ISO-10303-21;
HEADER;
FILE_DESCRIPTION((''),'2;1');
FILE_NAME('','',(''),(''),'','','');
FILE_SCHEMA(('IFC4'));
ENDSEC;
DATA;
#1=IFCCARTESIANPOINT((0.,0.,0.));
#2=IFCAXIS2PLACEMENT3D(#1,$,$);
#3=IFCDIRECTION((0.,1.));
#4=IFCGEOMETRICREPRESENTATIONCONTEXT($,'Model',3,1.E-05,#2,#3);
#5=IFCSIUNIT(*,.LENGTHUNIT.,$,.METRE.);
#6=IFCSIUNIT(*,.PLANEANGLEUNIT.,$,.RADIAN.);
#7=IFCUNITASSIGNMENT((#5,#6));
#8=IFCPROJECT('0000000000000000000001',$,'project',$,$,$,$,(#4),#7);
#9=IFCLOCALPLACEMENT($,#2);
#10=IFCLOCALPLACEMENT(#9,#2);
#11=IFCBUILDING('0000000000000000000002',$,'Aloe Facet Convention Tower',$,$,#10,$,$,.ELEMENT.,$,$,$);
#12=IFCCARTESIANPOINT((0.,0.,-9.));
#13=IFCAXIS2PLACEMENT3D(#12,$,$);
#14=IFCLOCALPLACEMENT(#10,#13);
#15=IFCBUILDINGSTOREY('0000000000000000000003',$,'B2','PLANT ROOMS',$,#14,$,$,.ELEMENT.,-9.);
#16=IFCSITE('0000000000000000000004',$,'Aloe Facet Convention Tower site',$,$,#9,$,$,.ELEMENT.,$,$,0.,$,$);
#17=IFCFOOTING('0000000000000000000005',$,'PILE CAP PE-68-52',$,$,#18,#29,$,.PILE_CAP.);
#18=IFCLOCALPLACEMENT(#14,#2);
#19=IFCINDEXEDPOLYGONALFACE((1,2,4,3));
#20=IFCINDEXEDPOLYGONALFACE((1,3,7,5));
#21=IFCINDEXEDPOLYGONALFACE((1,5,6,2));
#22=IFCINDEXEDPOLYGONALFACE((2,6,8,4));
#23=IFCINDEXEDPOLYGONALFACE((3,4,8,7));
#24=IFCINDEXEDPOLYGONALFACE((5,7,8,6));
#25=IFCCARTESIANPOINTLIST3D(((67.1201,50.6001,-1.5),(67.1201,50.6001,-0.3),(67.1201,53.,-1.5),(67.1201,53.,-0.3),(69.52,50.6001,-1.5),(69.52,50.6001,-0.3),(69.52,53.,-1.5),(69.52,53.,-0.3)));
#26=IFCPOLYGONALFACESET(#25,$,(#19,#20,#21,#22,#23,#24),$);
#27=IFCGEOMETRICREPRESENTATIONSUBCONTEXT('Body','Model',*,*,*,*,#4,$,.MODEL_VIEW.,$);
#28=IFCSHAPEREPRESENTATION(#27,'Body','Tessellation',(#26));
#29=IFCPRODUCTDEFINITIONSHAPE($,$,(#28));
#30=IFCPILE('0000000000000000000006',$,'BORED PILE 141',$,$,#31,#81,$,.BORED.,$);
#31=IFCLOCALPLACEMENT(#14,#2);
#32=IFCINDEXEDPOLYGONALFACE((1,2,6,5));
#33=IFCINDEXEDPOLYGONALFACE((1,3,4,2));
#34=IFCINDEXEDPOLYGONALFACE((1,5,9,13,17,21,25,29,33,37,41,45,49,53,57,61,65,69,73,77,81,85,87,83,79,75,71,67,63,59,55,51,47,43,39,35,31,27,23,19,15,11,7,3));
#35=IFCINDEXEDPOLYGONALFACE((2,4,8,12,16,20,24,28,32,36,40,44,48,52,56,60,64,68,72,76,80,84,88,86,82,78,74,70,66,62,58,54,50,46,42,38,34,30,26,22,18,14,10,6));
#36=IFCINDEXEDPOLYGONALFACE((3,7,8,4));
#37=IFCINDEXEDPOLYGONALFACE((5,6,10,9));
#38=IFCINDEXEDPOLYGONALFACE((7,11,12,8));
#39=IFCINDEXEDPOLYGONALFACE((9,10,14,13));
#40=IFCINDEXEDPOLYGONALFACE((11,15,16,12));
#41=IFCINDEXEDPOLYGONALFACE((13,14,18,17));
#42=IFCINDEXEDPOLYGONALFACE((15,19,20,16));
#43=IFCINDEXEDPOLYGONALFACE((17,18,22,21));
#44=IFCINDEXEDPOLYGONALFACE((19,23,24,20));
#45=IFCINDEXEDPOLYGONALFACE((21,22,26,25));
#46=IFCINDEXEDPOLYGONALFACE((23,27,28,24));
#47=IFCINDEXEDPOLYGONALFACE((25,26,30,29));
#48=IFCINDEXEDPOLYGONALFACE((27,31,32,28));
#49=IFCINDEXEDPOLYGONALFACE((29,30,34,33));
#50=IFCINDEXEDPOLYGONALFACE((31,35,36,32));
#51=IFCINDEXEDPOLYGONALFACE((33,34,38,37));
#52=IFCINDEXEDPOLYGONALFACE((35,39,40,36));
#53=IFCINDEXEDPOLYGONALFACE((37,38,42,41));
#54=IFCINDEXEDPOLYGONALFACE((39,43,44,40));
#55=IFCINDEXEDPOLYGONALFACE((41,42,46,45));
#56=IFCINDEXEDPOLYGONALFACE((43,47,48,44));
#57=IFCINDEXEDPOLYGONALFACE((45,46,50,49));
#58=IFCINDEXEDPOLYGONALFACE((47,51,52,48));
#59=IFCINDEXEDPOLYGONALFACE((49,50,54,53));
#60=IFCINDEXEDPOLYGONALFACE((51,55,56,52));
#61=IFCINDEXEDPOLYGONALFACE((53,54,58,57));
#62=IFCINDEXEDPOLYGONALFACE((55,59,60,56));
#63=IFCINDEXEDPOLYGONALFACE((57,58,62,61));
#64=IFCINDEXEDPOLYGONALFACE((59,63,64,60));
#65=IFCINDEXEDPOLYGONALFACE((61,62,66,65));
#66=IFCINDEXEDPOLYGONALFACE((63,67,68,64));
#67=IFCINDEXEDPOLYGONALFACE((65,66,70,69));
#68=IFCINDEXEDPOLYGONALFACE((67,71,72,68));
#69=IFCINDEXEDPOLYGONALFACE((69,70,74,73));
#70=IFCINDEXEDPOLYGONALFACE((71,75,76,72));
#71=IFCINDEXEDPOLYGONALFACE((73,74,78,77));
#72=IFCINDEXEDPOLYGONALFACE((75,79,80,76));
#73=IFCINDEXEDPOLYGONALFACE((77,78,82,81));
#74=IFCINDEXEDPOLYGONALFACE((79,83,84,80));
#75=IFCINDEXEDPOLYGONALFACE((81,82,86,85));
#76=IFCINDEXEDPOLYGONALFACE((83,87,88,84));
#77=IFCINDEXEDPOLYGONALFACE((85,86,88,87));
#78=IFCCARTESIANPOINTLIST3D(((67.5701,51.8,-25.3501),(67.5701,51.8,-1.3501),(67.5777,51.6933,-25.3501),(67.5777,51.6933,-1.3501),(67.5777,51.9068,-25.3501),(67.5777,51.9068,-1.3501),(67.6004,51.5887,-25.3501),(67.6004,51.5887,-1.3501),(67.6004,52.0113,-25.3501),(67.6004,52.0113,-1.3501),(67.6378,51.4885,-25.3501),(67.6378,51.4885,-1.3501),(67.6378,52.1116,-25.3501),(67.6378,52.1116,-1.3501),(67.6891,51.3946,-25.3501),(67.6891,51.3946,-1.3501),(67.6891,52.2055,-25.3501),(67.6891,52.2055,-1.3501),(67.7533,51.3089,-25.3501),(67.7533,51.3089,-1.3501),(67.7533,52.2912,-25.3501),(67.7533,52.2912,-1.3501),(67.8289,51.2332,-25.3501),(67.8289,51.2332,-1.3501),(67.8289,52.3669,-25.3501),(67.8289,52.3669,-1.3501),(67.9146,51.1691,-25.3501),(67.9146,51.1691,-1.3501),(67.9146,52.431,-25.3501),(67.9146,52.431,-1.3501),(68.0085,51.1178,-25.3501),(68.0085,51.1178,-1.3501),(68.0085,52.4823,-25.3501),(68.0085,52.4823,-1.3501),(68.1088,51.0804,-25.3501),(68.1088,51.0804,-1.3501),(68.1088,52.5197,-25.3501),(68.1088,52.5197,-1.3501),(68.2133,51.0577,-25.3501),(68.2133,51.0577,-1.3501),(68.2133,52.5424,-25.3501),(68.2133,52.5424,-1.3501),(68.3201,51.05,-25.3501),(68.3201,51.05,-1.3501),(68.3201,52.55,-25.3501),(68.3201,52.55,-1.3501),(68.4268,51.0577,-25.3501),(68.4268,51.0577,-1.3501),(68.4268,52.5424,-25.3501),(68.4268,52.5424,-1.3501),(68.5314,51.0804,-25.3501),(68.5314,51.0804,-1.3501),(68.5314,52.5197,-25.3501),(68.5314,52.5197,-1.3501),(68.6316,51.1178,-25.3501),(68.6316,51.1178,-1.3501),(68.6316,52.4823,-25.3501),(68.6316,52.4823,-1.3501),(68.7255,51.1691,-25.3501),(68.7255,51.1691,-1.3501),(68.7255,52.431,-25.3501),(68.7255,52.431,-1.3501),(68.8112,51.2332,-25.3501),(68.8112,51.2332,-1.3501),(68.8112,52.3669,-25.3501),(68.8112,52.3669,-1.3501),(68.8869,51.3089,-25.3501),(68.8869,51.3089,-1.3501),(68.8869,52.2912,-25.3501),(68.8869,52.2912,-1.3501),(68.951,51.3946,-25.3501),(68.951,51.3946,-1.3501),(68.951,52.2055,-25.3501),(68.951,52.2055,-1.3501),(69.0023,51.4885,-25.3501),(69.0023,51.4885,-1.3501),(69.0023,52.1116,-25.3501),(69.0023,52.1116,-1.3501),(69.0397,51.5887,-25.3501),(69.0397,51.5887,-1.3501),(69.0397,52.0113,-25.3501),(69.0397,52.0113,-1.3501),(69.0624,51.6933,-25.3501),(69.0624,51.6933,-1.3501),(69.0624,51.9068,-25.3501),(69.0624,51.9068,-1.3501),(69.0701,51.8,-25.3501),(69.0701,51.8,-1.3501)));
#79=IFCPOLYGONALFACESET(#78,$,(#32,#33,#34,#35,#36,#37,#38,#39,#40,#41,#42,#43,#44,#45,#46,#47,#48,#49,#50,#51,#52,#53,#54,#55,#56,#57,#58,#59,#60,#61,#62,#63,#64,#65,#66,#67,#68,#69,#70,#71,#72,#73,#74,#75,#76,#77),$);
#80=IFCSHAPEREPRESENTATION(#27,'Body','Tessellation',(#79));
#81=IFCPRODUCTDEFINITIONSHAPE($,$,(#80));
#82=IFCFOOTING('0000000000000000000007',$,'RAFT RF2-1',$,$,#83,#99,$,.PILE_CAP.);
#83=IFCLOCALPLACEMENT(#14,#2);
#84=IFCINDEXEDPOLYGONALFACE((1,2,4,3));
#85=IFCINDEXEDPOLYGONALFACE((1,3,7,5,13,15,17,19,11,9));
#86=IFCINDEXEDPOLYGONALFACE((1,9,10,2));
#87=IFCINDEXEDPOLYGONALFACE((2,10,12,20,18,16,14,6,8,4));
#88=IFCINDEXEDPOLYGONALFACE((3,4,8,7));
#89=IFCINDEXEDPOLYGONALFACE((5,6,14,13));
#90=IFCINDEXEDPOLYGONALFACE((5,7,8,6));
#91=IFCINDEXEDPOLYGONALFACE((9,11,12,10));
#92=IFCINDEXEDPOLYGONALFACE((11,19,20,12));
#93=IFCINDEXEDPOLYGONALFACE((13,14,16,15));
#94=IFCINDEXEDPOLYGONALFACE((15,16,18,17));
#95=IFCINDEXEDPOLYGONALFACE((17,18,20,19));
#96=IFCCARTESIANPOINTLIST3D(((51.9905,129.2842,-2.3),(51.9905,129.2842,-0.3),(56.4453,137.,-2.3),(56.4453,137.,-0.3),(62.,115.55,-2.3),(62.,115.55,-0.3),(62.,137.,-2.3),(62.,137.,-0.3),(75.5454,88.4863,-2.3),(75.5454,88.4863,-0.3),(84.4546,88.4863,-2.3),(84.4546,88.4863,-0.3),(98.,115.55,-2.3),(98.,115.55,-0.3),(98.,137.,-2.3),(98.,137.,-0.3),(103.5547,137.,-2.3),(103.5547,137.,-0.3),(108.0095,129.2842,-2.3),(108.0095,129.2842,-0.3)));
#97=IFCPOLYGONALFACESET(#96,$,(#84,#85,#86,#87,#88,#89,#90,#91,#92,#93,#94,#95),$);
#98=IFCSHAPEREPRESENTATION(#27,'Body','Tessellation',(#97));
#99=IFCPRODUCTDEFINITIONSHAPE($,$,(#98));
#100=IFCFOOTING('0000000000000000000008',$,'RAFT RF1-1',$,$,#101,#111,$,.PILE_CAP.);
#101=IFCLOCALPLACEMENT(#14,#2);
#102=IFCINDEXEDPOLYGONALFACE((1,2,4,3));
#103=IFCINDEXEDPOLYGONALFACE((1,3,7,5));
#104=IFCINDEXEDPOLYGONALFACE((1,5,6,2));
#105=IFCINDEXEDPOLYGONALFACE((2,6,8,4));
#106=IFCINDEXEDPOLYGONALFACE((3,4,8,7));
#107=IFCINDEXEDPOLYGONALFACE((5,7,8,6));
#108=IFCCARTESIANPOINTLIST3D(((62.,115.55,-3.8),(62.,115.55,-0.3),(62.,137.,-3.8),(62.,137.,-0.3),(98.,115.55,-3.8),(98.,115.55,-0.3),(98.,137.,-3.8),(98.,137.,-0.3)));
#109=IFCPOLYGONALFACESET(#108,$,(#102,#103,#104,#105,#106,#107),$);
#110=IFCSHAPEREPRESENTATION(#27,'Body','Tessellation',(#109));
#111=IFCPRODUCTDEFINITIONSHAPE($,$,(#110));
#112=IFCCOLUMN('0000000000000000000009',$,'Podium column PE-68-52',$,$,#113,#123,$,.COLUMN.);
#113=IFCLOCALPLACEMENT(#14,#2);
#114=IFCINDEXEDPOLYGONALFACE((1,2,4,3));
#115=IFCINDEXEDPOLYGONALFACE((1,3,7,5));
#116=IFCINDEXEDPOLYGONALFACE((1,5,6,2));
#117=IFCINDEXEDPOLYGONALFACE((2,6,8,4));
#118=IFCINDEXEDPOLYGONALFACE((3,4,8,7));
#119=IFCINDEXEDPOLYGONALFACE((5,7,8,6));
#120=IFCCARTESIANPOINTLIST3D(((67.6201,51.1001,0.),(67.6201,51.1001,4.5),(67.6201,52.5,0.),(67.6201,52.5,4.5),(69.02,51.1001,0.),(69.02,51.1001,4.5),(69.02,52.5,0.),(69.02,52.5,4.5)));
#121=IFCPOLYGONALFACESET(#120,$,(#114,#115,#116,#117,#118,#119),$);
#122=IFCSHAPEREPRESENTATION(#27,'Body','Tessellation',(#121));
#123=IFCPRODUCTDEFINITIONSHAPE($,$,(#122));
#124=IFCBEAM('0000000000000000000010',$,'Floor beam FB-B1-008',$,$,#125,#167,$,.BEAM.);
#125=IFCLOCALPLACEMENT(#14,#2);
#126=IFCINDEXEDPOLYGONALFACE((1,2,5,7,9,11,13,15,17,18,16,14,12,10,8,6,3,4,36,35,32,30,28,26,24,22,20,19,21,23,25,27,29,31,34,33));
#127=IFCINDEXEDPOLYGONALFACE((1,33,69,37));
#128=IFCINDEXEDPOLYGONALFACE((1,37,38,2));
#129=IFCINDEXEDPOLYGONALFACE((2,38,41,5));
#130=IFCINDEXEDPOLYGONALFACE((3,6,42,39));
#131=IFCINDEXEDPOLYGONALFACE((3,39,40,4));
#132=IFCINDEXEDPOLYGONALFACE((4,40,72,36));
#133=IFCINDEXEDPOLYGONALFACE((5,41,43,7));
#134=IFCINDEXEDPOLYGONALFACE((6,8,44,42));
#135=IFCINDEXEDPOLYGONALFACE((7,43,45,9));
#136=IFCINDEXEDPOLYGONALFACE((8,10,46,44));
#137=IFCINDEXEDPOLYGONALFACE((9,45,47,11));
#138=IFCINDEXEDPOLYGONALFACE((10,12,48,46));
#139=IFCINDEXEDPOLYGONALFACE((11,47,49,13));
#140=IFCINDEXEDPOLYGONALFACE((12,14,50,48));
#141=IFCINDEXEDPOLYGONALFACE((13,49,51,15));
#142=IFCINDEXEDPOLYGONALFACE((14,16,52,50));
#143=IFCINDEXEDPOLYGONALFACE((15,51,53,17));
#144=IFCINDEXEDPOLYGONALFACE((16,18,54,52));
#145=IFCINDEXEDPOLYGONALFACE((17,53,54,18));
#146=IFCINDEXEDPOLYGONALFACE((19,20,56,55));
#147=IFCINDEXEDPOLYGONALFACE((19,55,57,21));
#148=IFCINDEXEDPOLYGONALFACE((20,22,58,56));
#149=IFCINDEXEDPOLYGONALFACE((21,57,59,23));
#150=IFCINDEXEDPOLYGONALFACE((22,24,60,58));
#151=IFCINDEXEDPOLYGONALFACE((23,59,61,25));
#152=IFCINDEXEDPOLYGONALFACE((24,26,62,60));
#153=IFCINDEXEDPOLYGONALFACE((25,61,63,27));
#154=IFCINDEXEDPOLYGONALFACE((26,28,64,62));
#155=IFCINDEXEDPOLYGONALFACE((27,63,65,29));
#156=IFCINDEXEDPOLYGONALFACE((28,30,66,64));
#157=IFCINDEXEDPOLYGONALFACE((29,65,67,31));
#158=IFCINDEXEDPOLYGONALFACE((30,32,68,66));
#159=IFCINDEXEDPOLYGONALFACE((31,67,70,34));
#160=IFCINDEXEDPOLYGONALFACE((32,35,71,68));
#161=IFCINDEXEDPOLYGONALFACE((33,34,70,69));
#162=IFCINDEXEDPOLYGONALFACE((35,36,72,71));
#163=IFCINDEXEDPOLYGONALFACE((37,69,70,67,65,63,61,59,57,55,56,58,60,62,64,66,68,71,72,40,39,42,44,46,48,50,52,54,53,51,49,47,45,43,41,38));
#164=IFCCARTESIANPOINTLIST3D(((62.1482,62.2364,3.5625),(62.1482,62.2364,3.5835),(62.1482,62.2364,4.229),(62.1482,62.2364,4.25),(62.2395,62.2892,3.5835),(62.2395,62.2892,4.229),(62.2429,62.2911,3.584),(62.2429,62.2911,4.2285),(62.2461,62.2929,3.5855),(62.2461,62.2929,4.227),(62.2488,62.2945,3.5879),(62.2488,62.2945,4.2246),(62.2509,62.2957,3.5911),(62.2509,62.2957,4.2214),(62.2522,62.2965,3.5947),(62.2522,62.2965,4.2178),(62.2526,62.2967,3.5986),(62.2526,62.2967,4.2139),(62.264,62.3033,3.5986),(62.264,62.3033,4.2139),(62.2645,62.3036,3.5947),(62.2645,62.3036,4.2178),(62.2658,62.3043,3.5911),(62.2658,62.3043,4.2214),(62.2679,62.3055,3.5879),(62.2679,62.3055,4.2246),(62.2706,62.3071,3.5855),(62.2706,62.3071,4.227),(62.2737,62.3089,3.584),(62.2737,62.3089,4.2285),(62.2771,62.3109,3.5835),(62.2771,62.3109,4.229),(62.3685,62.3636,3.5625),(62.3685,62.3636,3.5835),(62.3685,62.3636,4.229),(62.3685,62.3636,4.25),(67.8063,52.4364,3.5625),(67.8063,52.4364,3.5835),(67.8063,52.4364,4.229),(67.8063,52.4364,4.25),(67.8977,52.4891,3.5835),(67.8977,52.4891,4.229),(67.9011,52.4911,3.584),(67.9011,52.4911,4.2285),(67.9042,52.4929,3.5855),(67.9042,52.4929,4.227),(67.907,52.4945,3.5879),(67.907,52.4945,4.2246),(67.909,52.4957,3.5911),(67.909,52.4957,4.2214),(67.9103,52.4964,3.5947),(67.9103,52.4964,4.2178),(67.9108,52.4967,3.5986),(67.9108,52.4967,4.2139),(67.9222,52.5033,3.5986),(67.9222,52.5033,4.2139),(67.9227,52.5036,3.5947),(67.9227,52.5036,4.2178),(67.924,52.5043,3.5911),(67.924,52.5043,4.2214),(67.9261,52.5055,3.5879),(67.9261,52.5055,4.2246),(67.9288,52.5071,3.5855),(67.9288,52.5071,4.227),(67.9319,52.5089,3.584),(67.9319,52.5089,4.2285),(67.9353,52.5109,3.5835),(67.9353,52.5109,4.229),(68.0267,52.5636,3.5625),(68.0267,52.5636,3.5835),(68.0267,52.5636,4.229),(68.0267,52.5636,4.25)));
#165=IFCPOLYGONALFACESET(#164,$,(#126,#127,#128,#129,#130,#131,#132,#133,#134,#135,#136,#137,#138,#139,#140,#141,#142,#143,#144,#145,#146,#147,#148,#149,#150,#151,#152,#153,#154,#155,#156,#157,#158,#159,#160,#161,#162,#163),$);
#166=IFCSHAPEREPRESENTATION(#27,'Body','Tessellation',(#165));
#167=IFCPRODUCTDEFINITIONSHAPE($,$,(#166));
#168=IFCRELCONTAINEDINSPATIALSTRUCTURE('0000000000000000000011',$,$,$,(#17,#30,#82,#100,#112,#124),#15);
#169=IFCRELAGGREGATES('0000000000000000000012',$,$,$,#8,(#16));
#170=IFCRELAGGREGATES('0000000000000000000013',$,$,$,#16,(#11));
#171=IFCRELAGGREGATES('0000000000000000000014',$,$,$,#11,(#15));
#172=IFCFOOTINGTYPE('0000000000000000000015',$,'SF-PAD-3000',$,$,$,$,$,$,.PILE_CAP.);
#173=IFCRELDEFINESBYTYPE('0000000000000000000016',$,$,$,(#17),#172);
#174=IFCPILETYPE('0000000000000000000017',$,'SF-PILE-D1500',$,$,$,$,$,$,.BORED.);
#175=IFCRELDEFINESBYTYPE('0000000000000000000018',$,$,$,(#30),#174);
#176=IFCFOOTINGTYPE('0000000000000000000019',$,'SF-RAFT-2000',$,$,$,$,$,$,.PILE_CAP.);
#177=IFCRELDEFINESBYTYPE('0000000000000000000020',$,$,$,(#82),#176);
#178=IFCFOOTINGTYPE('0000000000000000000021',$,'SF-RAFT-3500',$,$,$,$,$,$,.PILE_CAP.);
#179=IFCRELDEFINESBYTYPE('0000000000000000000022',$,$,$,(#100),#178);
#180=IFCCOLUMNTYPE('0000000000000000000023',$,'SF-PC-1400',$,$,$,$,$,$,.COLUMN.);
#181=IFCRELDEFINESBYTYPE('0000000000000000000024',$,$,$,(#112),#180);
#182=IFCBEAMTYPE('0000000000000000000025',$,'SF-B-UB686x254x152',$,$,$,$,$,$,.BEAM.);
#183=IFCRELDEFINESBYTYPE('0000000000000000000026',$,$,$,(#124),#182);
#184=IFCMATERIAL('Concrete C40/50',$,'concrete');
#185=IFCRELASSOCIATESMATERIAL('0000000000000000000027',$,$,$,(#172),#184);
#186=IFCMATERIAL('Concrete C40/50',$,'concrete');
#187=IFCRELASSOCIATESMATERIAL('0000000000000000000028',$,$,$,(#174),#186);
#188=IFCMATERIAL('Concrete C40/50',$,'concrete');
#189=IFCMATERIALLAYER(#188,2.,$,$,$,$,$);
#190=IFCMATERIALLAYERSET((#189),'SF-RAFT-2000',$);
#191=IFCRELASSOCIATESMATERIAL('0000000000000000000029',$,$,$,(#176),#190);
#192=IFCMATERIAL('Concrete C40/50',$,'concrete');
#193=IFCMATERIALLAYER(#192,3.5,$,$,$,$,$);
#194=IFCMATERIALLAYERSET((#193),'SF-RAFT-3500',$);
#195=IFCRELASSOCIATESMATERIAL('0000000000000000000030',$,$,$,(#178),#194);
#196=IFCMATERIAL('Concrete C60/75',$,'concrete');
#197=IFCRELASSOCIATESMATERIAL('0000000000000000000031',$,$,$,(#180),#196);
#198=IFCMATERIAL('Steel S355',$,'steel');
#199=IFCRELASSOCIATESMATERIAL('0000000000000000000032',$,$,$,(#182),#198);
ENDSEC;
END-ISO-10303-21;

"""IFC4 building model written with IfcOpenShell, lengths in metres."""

from ifc_helpers import new_model, si_unit, direction, frame, origin, origin_2d, place, context, subcontext, project, spatial, polyline, rectangle, circle, i_section, outline, extrude, material, layer, layer_set, material_profile, profile_set, type_object, element, save


model = new_model("IFC4")

# Units and contexts
model_context = context("Model", 3, precision=1e-05, world=origin(), true_north=direction((0.0, 1.0)))
body_context = subcontext(model_context, "Body", "Model", "MODEL_VIEW")
ifc_project = project(units=[si_unit("LENGTHUNIT", "METRE"), si_unit("PLANEANGLEUNIT", "RADIAN")], contexts=[model_context])

# Site, building, storey
site_placement = place(None, origin())
site = spatial("IfcSite", under=ifc_project, at=site_placement, Name="Aloe Facet Convention Tower site", CompositionType="ELEMENT", RefElevation=0.0)
building_placement = place(site_placement, origin())
building = spatial("IfcBuilding", under=site, at=building_placement, Name="Aloe Facet Convention Tower", CompositionType="ELEMENT")
storey_placement = place(building_placement, frame((0.0, 0.0, -9.0)))
storey = spatial("IfcBuildingStorey", under=building, at=storey_placement, Name="B2", Description="PLANT ROOMS", CompositionType="ELEMENT", Elevation=-9.0)

# Footing
ifc_material_1 = material(Name="Concrete C40/50", Category="concrete")
footing_type_1 = type_object("IfcFootingType", Name="SF-PAD-3000", PredefinedType="PILE_CAP", material=ifc_material_1)
footing_1_placement = place(storey_placement, frame((68.3201, 51.8, -1.5), z_axis=(0.0, 0.0, 1.0), x_axis=(1.0, 0.0, 0.0)))
element("IfcFooting", 1, at=footing_1_placement, inside=storey, type_object=footing_type_1, Name="PILE CAP PE-68-52", PredefinedType="PILE_CAP", context=body_context, shape_type="SweptSolid", body=[
    extrude(rectangle(XDim=2.3999, YDim=2.3999, at=origin_2d()), origin(), (0.0, 0.0, 1.0), 1.2),
])

# Pile
ifc_material_2 = material(Name="Concrete C40/50", Category="concrete")
ifc_material_profile_1 = material_profile(ifc_material_2, circle(Radius=0.75, at=origin_2d()), Name="D1500")
ifc_profile_set_1 = profile_set([ifc_material_profile_1], Name="Concrete C40/50")
pile_type = type_object("IfcPileType", Name="SF-PILE-D1500", PredefinedType="BORED", material=ifc_profile_set_1)
pile_placement = place(storey_placement, frame((68.3201, 51.8, -1.3501), z_axis=(0.0, 0.0, -1.0), x_axis=(1.0, 0.0, 0.0)))
element("IfcPile", 2, at=pile_placement, inside=storey, type_object=pile_type, Name="BORED PILE 141", PredefinedType="BORED", context=body_context, shape_type="SweptSolid", body=[
    extrude(circle(Radius=0.75, at=origin_2d()), origin(), (0.0, 0.0, 1.0), 24.0),
])

# Footings
ifc_material_3 = material(Name="Concrete C40/50", Category="concrete")
ifc_layer_1 = layer(ifc_material_3, 2.0)
ifc_layer_set_1 = layer_set([ifc_layer_1], Name="SF-RAFT-2000")
footing_type_2 = type_object("IfcFootingType", Name="SF-RAFT-2000", PredefinedType="PILE_CAP", material=ifc_layer_set_1)
footing_2_placement = place(storey_placement, frame((0.0, 0.0, -2.3)))
element("IfcFooting", 3, at=footing_2_placement, inside=storey, type_object=footing_type_2, Name="RAFT RF2-1", PredefinedType="PILE_CAP", context=body_context, shape_type="SweptSolid", body=[
    extrude(outline(polyline([(108.0095, 129.2842), (84.4546, 88.4863), (75.5454, 88.4863), (51.9905, 129.2842), (56.4453, 137.0), (62.0, 137.0), (62.0, 115.55), (98.0, 115.55), (98.0, 137.0), (103.5547, 137.0), (108.0095, 129.2842)])), origin(), (0.0, 0.0, 1.0), 2.0),
])
ifc_material_4 = material(Name="Concrete C40/50", Category="concrete")
ifc_layer_2 = layer(ifc_material_4, 3.5)
ifc_layer_set_2 = layer_set([ifc_layer_2], Name="SF-RAFT-3500")
footing_type_3 = type_object("IfcFootingType", Name="SF-RAFT-3500", PredefinedType="PILE_CAP", material=ifc_layer_set_2)
footing_3_placement = place(storey_placement, frame((0.0, 0.0, -3.8)))
element("IfcFooting", 4, at=footing_3_placement, inside=storey, type_object=footing_type_3, Name="RAFT RF1-1", PredefinedType="PILE_CAP", context=body_context, shape_type="SweptSolid", body=[
    extrude(outline(polyline([(62.0, 115.55), (62.0, 137.0), (98.0, 137.0), (98.0, 115.55), (62.0, 115.55)])), origin(), (0.0, 0.0, 1.0), 3.5),
])

# Column
ifc_material_5 = material(Name="Concrete C60/75", Category="concrete")
ifc_material_profile_2 = material_profile(ifc_material_5, rectangle(XDim=1.3999, YDim=1.3999, at=origin_2d()), Name="SF-PC-1400")
ifc_profile_set_2 = profile_set([ifc_material_profile_2], Name="Concrete C60/75")
column_type = type_object("IfcColumnType", Name="SF-PC-1400", PredefinedType="COLUMN", material=ifc_profile_set_2)
column_placement = place(storey_placement, frame((68.3201, 51.8, 0.0), z_axis=(0.0, 0.0, 1.0), x_axis=(1.0, 0.0, 0.0)))
element("IfcColumn", 5, at=column_placement, inside=storey, type_object=column_type, Name="Podium column PE-68-52", PredefinedType="COLUMN", context=body_context, shape_type="SweptSolid", body=[
    extrude(rectangle(XDim=1.3999, YDim=1.3999, at=origin_2d()), origin(), (0.0, 0.0, 1.0), 4.5),
])

# Beam
ifc_material_6 = material(Name="Steel S355", Category="steel")
ifc_material_profile_3 = material_profile(ifc_material_6, i_section(OverallWidth=0.2544, OverallDepth=0.6875, WebThickness=0.0132, FlangeThickness=0.021, FilletRadius=0.0151, at=origin_2d()), Name="UB 686x254x152")
ifc_profile_set_3 = profile_set([ifc_material_profile_3], Name="Steel S355")
beam_type_1 = type_object("IfcBeamType", Name="SF-B-UB686x254x152", PredefinedType="BEAM", material=ifc_profile_set_3)
beam_1_placement = place(storey_placement, frame((67.9165, 52.5, 3.9062), z_axis=(-0.500009, 0.86602, 0.0), x_axis=(-0.86602, -0.500009, 0.0)))
element("IfcBeam", 6, at=beam_1_placement, inside=storey, type_object=beam_type_1, Name="Floor beam FB-B1-008", PredefinedType="BEAM", context=body_context, shape_type="SweptSolid", body=[
    extrude(i_section(OverallWidth=0.2544, OverallDepth=0.6875, WebThickness=0.0132, FlangeThickness=0.021, FilletRadius=0.0151, at=origin_2d()), origin(), (0.0, 0.0, 1.0), 11.3162),
])

save(model, "model.ifc")
